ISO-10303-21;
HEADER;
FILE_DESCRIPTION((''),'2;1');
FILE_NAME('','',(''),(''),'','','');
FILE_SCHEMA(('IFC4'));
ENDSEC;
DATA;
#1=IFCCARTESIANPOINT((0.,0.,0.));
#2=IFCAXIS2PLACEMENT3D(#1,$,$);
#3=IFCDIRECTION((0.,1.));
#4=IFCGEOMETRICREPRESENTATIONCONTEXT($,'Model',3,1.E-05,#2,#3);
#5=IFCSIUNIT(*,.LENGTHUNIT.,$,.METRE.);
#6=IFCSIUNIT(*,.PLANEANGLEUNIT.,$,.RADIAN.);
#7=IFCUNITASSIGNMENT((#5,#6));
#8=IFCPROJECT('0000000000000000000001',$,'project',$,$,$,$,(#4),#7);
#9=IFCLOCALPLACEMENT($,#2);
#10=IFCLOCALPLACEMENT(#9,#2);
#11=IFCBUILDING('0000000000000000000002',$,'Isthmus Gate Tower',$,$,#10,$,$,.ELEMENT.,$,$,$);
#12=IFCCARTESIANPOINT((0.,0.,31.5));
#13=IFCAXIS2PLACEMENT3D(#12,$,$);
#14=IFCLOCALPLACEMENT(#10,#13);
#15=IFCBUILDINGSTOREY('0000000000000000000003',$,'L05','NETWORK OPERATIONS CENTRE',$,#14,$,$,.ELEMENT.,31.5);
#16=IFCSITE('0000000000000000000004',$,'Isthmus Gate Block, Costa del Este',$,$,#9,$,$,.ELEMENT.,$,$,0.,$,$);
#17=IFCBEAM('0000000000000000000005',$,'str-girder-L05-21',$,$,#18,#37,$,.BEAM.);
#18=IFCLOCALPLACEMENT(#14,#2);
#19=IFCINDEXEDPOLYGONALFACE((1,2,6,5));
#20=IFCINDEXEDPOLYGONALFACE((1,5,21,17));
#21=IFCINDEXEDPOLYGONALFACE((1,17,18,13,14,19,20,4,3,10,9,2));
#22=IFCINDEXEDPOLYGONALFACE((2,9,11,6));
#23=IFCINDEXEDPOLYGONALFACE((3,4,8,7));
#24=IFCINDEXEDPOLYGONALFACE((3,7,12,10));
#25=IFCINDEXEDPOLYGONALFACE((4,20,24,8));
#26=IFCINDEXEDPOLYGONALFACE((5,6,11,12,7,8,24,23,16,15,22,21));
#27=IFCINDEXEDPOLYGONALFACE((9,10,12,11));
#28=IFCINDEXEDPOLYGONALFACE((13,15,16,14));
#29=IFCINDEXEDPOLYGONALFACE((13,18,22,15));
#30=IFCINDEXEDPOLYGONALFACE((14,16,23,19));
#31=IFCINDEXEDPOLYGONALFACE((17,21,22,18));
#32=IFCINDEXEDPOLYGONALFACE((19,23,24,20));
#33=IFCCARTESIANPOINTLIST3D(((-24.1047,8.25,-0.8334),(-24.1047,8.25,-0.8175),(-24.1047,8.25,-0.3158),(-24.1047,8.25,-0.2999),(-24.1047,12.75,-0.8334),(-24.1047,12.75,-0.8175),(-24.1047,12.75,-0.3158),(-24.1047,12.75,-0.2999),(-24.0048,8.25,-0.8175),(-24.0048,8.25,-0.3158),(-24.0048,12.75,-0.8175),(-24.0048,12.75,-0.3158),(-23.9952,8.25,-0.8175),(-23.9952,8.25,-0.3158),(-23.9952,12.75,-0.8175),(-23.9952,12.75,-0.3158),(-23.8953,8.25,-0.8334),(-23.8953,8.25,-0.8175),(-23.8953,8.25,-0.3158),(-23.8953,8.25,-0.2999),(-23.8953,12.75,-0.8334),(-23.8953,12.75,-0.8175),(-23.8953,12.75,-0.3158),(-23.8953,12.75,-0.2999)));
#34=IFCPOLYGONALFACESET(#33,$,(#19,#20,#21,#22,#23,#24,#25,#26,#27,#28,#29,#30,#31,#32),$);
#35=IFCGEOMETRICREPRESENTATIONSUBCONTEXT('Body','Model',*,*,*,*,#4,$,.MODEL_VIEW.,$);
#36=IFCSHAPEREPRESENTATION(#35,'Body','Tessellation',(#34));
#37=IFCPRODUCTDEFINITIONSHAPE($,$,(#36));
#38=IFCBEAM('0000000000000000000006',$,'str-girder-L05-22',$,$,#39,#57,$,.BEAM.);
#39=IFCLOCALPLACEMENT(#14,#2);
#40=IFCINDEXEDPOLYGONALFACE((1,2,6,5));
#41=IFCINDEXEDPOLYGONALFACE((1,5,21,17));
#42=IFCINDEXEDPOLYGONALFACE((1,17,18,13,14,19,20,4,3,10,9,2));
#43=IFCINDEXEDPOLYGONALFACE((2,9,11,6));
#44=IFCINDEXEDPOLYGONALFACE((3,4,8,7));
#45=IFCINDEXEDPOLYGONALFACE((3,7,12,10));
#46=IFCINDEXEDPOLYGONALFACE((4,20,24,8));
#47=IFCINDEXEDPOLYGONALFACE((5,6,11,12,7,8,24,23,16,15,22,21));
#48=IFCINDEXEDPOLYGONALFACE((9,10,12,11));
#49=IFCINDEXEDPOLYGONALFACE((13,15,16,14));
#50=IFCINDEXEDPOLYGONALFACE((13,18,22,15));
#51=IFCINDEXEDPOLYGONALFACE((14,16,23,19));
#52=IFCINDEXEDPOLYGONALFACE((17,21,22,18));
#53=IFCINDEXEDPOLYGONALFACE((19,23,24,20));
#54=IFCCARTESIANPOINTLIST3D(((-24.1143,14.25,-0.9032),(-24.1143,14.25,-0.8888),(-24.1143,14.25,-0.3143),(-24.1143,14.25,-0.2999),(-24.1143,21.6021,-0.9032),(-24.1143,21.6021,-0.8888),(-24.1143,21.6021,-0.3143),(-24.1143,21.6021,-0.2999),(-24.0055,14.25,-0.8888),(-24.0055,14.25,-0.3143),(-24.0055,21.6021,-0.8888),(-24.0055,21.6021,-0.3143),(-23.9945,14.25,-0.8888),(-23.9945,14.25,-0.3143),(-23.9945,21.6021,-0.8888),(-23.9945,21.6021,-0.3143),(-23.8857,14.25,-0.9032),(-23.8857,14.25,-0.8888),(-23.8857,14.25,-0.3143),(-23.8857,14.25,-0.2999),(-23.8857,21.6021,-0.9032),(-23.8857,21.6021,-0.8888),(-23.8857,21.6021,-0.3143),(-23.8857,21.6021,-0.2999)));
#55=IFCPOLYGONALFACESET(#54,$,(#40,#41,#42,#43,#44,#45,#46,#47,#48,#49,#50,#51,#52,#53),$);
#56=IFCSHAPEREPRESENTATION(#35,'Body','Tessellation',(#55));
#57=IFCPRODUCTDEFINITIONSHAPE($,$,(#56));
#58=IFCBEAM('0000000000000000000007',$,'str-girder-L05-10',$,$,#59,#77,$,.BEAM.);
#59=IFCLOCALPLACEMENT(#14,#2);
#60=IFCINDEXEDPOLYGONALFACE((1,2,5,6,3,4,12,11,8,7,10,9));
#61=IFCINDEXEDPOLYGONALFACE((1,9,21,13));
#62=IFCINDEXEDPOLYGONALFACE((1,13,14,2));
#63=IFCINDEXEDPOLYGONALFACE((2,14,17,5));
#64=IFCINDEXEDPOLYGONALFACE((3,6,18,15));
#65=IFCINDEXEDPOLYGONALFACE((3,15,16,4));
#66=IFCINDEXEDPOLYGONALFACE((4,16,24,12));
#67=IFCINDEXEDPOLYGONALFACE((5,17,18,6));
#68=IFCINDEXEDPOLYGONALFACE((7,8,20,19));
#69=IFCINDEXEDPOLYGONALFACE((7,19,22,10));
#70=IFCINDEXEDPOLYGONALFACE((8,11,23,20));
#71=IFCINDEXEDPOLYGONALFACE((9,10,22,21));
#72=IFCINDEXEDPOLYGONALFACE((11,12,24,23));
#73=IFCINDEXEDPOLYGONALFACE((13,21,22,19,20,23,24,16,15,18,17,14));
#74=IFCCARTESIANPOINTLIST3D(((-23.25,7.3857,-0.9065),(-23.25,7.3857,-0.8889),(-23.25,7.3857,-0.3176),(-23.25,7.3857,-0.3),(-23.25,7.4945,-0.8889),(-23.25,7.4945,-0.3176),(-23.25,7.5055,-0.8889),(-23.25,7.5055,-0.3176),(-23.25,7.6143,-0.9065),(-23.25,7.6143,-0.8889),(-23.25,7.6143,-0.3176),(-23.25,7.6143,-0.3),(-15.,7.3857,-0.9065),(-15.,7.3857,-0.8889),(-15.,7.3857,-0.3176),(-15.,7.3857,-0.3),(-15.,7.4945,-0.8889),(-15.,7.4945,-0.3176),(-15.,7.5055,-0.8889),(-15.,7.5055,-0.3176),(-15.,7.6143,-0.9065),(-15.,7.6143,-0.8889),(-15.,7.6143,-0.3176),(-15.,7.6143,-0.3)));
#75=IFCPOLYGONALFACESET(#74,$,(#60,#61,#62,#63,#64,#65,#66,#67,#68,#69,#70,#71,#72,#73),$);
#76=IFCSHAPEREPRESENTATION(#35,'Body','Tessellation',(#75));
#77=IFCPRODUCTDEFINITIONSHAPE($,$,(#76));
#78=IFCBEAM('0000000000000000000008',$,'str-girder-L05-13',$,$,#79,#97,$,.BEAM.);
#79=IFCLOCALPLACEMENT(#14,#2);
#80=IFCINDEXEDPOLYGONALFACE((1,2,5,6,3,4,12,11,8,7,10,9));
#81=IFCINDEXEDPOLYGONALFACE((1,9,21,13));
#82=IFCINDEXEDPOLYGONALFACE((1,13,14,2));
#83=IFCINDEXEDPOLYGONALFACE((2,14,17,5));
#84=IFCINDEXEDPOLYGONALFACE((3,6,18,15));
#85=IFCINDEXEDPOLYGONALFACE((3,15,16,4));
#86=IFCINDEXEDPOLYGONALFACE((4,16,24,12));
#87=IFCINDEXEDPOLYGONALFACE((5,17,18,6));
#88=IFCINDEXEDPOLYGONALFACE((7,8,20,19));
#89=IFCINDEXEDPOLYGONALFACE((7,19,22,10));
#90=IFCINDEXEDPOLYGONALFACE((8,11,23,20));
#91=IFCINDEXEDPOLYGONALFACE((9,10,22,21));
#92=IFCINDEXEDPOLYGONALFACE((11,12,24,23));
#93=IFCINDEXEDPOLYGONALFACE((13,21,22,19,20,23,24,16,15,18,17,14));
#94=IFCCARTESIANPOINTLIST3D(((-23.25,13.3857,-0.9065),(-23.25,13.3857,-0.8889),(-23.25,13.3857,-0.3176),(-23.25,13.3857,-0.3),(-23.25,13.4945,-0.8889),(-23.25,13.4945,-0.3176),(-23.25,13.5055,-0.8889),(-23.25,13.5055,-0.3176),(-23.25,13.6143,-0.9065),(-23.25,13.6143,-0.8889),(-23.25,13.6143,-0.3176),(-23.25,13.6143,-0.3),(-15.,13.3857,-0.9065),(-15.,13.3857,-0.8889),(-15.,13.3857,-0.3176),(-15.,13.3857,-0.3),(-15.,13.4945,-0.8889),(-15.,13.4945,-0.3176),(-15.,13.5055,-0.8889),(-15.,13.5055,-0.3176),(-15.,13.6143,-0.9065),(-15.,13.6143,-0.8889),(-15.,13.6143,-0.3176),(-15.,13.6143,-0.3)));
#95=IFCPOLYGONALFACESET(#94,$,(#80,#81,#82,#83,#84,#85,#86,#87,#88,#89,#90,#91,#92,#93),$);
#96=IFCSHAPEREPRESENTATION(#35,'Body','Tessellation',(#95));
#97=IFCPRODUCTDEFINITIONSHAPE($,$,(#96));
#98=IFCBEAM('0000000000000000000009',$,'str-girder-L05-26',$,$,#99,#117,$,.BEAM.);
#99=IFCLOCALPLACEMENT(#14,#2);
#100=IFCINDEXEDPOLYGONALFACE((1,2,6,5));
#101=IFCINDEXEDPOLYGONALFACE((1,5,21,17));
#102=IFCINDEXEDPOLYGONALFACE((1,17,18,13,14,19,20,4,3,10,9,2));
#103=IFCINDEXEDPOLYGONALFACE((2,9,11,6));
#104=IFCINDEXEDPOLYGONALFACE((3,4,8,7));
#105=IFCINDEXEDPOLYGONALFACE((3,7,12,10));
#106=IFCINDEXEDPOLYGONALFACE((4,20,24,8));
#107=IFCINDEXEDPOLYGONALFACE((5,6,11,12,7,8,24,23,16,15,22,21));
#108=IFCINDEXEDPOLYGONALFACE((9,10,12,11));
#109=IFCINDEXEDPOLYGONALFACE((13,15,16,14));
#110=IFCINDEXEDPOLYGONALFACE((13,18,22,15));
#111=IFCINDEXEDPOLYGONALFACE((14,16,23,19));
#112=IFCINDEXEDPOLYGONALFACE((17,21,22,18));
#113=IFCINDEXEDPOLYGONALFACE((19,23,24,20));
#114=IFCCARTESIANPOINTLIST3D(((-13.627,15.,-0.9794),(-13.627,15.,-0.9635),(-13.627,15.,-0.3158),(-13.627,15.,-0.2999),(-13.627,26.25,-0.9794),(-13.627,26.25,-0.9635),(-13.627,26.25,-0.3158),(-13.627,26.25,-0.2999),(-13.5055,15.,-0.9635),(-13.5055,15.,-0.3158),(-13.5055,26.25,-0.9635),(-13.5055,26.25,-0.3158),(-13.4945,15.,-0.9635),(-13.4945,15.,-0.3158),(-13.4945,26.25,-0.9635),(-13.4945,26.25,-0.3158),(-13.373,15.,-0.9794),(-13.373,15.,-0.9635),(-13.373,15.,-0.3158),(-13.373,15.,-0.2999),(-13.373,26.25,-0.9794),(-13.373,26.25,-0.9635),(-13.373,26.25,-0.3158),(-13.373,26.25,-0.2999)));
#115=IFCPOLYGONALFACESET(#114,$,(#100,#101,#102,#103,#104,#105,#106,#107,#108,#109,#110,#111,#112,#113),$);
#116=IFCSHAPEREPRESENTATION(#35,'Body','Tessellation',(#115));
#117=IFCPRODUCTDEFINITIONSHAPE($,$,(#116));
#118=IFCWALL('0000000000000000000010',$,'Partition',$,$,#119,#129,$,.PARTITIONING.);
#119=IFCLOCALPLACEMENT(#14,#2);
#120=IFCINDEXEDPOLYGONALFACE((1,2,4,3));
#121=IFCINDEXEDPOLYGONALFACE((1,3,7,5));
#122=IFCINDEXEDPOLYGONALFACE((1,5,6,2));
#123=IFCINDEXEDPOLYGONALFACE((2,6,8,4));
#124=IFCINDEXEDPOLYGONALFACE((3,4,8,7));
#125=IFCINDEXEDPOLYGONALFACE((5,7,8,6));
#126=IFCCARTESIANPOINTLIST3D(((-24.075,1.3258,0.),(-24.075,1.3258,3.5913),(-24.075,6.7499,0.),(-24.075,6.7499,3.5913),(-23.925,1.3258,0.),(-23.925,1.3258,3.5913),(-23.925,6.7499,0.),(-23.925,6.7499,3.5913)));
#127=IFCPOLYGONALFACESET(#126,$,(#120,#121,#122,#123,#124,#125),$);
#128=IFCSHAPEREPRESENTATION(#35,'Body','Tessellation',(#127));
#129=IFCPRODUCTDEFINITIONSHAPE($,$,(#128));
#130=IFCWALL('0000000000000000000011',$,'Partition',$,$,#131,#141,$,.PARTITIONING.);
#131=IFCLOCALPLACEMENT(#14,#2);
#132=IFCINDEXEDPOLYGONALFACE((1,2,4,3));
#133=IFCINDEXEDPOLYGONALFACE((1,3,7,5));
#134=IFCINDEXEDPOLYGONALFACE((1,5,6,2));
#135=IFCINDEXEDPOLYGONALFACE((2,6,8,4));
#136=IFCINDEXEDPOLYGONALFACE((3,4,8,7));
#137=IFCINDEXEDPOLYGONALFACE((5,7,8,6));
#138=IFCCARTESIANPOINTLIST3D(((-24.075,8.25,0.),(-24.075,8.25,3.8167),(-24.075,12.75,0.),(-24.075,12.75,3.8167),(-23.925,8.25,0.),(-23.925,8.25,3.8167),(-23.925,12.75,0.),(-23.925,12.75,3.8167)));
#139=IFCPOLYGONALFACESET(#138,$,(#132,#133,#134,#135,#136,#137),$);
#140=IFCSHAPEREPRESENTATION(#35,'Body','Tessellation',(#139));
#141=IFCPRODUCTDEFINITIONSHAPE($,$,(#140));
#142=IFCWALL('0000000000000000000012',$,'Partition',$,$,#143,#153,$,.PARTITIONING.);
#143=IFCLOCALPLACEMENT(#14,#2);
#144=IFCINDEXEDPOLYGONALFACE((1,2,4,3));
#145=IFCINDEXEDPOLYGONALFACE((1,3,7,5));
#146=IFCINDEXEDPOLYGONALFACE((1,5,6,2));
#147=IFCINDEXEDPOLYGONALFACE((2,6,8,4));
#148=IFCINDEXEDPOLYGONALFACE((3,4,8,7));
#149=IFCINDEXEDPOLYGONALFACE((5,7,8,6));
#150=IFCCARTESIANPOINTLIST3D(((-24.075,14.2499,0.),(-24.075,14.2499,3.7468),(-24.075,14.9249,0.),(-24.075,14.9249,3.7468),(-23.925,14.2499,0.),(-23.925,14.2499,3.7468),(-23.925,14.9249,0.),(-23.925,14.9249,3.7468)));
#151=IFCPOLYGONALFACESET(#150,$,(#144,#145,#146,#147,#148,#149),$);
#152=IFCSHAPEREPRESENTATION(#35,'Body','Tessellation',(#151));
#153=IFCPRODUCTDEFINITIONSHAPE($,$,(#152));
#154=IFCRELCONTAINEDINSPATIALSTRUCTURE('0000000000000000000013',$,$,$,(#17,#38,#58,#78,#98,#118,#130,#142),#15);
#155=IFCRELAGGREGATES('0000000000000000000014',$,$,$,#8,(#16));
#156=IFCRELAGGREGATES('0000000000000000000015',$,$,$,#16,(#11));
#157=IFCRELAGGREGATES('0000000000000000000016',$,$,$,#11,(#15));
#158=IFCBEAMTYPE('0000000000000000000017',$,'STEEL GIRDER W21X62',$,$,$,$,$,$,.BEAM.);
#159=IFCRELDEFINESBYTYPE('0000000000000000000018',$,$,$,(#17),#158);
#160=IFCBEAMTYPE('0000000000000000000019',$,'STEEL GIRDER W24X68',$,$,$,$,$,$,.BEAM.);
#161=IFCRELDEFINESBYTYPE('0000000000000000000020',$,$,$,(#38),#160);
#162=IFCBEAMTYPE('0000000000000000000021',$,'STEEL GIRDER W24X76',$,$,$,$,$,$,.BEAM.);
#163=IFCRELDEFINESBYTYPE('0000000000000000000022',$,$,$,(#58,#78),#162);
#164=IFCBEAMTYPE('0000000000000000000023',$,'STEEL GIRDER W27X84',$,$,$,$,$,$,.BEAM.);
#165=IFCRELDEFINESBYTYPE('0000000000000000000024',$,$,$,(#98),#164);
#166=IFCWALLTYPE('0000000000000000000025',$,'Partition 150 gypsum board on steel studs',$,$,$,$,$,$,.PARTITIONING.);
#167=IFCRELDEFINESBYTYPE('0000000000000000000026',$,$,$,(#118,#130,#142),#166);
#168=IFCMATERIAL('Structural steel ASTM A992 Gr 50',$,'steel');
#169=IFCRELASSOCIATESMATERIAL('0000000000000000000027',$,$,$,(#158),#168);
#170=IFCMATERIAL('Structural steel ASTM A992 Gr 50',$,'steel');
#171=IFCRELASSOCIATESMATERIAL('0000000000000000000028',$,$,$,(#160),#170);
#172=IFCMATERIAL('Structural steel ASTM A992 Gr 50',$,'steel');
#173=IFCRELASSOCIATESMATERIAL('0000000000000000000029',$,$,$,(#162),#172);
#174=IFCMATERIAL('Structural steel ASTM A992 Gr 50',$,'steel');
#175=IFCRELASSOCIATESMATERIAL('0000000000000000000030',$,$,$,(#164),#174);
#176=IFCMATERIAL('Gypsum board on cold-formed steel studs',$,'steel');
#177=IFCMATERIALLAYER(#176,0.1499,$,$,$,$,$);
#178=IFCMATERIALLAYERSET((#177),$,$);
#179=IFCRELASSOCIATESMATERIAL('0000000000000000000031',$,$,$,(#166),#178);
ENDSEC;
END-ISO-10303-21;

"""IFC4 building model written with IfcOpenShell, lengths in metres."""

from ifc_helpers import new_model, si_unit, direction, frame, frame_2d, origin, origin_2d, place, context, subcontext, project, spatial, rectangle, i_section, extrude, material, layer, layer_set, material_profile, profile_set, type_object, element, save


model = new_model("IFC4")

# Units and contexts
model_context = context("Model", 3, precision=1e-05, world=origin(), true_north=direction((0.0, 1.0)))
body_context = subcontext(model_context, "Body", "Model", "MODEL_VIEW")
ifc_project = project(units=[si_unit("LENGTHUNIT", "METRE"), si_unit("PLANEANGLEUNIT", "RADIAN")], contexts=[model_context])

# Site, building, storey
site_placement = place(None, origin())
site = spatial("IfcSite", under=ifc_project, at=site_placement, Name="Isthmus Gate Block, Costa del Este", CompositionType="ELEMENT", RefElevation=0.0)
building_placement = place(site_placement, origin())
building = spatial("IfcBuilding", under=site, at=building_placement, Name="Isthmus Gate Tower", CompositionType="ELEMENT")
storey_placement = place(building_placement, frame((0.0, 0.0, 31.5)))
storey = spatial("IfcBuildingStorey", under=building, at=storey_placement, Name="L05", Description="NETWORK OPERATIONS CENTRE", CompositionType="ELEMENT", Elevation=31.5)

# Beams
ifc_material_1 = material(Name="Structural steel ASTM A992 Gr 50", Category="steel")
ifc_material_profile_1 = material_profile(ifc_material_1, i_section(OverallWidth=0.2095, OverallDepth=0.5334, WebThickness=0.0095, FlangeThickness=0.0159, at=origin_2d()), Name="W21X62")
ifc_profile_set_1 = profile_set([ifc_material_profile_1], Name="Structural steel ASTM A992 Gr 50")
beam_type_1 = type_object("IfcBeamType", Name="STEEL GIRDER W21X62", PredefinedType="BEAM", material=ifc_profile_set_1)
beam_1_placement = place(storey_placement, frame((-24.0, 8.25, -0.5667), z_axis=(0.0, 1.0, 0.0), x_axis=(-1.0, 0.0, 0.0)))
element("IfcBeam", 1, at=beam_1_placement, inside=storey, type_object=beam_type_1, Name="str-girder-L05-21", PredefinedType="BEAM", context=body_context, shape_type="SweptSolid", body=[
    extrude(i_section(OverallWidth=0.2095, OverallDepth=0.5334, WebThickness=0.0095, FlangeThickness=0.0159, at=origin_2d()), origin(), (0.0, 0.0, 1.0), 4.5),
])
ifc_material_2 = material(Name="Structural steel ASTM A992 Gr 50", Category="steel")
ifc_material_profile_2 = material_profile(ifc_material_2, i_section(OverallWidth=0.2285, OverallDepth=0.6033, WebThickness=0.011, FlangeThickness=0.0144, at=origin_2d()), Name="W24X68")
ifc_profile_set_2 = profile_set([ifc_material_profile_2], Name="Structural steel ASTM A992 Gr 50")
beam_type_2 = type_object("IfcBeamType", Name="STEEL GIRDER W24X68", PredefinedType="BEAM", material=ifc_profile_set_2)
beam_2_placement = place(storey_placement, frame((-24.0, 14.25, -0.6016), z_axis=(0.0, 1.0, 0.0), x_axis=(-1.0, 0.0, 0.0)))
element("IfcBeam", 2, at=beam_2_placement, inside=storey, type_object=beam_type_2, Name="str-girder-L05-22", PredefinedType="BEAM", context=body_context, shape_type="SweptSolid", body=[
    extrude(i_section(OverallWidth=0.2285, OverallDepth=0.6033, WebThickness=0.011, FlangeThickness=0.0144, at=origin_2d()), origin(), (0.0, 0.0, 1.0), 7.3521),
])
ifc_material_3 = material(Name="Structural steel ASTM A992 Gr 50", Category="steel")
ifc_material_profile_3 = material_profile(ifc_material_3, i_section(OverallWidth=0.2285, OverallDepth=0.6064, WebThickness=0.011, FlangeThickness=0.0176, at=origin_2d()), Name="W24X76")
ifc_profile_set_3 = profile_set([ifc_material_profile_3], Name="Structural steel ASTM A992 Gr 50")
beam_type_3 = type_object("IfcBeamType", Name="STEEL GIRDER W24X76", PredefinedType="BEAM", material=ifc_profile_set_3)
for number, where, z_axis, x_axis, name in (
    (3, (-23.25, 7.5, -0.6033), (1.0, 0.0, 0.0), (0.0, 1.0, 0.0), "str-girder-L05-10"),
    (4, (-23.25, 13.5, -0.6033), (1.0, 0.0, 0.0), (0.0, 1.0, 0.0), "str-girder-L05-13"),
):
    element("IfcBeam", number, at=place(storey_placement, frame(where, z_axis=z_axis, x_axis=x_axis)), inside=storey, type_object=beam_type_3, Name=name, PredefinedType="BEAM", context=body_context, shape_type="SweptSolid", body=[
        extrude(i_section(OverallWidth=0.2285, OverallDepth=0.6064, WebThickness=0.011, FlangeThickness=0.0176, at=origin_2d()), origin(), (0.0, 0.0, 1.0), 8.25),
    ])
ifc_material_4 = material(Name="Structural steel ASTM A992 Gr 50", Category="steel")
ifc_material_profile_4 = material_profile(ifc_material_4, i_section(OverallWidth=0.2539, OverallDepth=0.6794, WebThickness=0.011, FlangeThickness=0.0159, at=origin_2d()), Name="W27X84")
ifc_profile_set_4 = profile_set([ifc_material_profile_4], Name="Structural steel ASTM A992 Gr 50")
beam_type_4 = type_object("IfcBeamType", Name="STEEL GIRDER W27X84", PredefinedType="BEAM", material=ifc_profile_set_4)
beam_3_placement = place(storey_placement, frame((-13.5, 15.0, -0.6396), z_axis=(0.0, 1.0, 0.0), x_axis=(-1.0, 0.0, 0.0)))
element("IfcBeam", 5, at=beam_3_placement, inside=storey, type_object=beam_type_4, Name="str-girder-L05-26", PredefinedType="BEAM", context=body_context, shape_type="SweptSolid", body=[
    extrude(i_section(OverallWidth=0.2539, OverallDepth=0.6794, WebThickness=0.011, FlangeThickness=0.0159, at=origin_2d()), origin(), (0.0, 0.0, 1.0), 11.25),
])

# Walls
ifc_material_5 = material(Name="Gypsum board on cold-formed steel studs", Category="steel")
ifc_layer_1 = layer(ifc_material_5, 0.1499)
ifc_layer_set_1 = layer_set([ifc_layer_1])
wall_type_1 = type_object("IfcWallType", Name="Partition 150 gypsum board on steel studs", PredefinedType="PARTITIONING", material=ifc_layer_set_1)
wall_1_placement = place(storey_placement, frame((-24.0, 1.3259, 0.0), z_axis=(0.0, 0.0, 1.0), x_axis=(0.0, 1.0, 0.0)))
element("IfcWall", 6, at=wall_1_placement, inside=storey, type_object=wall_type_1, Name="Partition", PredefinedType="PARTITIONING", context=body_context, shape_type="SweptSolid", body=[
    extrude(rectangle(XDim=5.4241, YDim=0.1499, at=frame_2d((2.7119, 0.0))), origin(), (0.0, 0.0, 1.0), 3.5913),
])
wall_2_placement = place(storey_placement, frame((-24.0, 8.25, 0.0), z_axis=(0.0, 0.0, 1.0), x_axis=(0.0, 1.0, 0.0)))
element("IfcWall", 7, at=wall_2_placement, inside=storey, type_object=wall_type_1, Name="Partition", PredefinedType="PARTITIONING", context=body_context, shape_type="SweptSolid", body=[
    extrude(rectangle(XDim=4.5, YDim=0.1499, at=frame_2d((2.25, 0.0))), origin(), (0.0, 0.0, 1.0), 3.8167),
])
wall_3_placement = place(storey_placement, frame((-24.0, 14.25, 0.0), z_axis=(0.0, 0.0, 1.0), x_axis=(0.0, 1.0, 0.0)))
element("IfcWall", 8, at=wall_3_placement, inside=storey, type_object=wall_type_1, Name="Partition", PredefinedType="PARTITIONING", context=body_context, shape_type="SweptSolid", body=[
    extrude(rectangle(XDim=0.675, YDim=0.1499, at=frame_2d((0.3374, 0.0))), origin(), (0.0, 0.0, 1.0), 3.7468),
])

save(model, "model.ifc")
